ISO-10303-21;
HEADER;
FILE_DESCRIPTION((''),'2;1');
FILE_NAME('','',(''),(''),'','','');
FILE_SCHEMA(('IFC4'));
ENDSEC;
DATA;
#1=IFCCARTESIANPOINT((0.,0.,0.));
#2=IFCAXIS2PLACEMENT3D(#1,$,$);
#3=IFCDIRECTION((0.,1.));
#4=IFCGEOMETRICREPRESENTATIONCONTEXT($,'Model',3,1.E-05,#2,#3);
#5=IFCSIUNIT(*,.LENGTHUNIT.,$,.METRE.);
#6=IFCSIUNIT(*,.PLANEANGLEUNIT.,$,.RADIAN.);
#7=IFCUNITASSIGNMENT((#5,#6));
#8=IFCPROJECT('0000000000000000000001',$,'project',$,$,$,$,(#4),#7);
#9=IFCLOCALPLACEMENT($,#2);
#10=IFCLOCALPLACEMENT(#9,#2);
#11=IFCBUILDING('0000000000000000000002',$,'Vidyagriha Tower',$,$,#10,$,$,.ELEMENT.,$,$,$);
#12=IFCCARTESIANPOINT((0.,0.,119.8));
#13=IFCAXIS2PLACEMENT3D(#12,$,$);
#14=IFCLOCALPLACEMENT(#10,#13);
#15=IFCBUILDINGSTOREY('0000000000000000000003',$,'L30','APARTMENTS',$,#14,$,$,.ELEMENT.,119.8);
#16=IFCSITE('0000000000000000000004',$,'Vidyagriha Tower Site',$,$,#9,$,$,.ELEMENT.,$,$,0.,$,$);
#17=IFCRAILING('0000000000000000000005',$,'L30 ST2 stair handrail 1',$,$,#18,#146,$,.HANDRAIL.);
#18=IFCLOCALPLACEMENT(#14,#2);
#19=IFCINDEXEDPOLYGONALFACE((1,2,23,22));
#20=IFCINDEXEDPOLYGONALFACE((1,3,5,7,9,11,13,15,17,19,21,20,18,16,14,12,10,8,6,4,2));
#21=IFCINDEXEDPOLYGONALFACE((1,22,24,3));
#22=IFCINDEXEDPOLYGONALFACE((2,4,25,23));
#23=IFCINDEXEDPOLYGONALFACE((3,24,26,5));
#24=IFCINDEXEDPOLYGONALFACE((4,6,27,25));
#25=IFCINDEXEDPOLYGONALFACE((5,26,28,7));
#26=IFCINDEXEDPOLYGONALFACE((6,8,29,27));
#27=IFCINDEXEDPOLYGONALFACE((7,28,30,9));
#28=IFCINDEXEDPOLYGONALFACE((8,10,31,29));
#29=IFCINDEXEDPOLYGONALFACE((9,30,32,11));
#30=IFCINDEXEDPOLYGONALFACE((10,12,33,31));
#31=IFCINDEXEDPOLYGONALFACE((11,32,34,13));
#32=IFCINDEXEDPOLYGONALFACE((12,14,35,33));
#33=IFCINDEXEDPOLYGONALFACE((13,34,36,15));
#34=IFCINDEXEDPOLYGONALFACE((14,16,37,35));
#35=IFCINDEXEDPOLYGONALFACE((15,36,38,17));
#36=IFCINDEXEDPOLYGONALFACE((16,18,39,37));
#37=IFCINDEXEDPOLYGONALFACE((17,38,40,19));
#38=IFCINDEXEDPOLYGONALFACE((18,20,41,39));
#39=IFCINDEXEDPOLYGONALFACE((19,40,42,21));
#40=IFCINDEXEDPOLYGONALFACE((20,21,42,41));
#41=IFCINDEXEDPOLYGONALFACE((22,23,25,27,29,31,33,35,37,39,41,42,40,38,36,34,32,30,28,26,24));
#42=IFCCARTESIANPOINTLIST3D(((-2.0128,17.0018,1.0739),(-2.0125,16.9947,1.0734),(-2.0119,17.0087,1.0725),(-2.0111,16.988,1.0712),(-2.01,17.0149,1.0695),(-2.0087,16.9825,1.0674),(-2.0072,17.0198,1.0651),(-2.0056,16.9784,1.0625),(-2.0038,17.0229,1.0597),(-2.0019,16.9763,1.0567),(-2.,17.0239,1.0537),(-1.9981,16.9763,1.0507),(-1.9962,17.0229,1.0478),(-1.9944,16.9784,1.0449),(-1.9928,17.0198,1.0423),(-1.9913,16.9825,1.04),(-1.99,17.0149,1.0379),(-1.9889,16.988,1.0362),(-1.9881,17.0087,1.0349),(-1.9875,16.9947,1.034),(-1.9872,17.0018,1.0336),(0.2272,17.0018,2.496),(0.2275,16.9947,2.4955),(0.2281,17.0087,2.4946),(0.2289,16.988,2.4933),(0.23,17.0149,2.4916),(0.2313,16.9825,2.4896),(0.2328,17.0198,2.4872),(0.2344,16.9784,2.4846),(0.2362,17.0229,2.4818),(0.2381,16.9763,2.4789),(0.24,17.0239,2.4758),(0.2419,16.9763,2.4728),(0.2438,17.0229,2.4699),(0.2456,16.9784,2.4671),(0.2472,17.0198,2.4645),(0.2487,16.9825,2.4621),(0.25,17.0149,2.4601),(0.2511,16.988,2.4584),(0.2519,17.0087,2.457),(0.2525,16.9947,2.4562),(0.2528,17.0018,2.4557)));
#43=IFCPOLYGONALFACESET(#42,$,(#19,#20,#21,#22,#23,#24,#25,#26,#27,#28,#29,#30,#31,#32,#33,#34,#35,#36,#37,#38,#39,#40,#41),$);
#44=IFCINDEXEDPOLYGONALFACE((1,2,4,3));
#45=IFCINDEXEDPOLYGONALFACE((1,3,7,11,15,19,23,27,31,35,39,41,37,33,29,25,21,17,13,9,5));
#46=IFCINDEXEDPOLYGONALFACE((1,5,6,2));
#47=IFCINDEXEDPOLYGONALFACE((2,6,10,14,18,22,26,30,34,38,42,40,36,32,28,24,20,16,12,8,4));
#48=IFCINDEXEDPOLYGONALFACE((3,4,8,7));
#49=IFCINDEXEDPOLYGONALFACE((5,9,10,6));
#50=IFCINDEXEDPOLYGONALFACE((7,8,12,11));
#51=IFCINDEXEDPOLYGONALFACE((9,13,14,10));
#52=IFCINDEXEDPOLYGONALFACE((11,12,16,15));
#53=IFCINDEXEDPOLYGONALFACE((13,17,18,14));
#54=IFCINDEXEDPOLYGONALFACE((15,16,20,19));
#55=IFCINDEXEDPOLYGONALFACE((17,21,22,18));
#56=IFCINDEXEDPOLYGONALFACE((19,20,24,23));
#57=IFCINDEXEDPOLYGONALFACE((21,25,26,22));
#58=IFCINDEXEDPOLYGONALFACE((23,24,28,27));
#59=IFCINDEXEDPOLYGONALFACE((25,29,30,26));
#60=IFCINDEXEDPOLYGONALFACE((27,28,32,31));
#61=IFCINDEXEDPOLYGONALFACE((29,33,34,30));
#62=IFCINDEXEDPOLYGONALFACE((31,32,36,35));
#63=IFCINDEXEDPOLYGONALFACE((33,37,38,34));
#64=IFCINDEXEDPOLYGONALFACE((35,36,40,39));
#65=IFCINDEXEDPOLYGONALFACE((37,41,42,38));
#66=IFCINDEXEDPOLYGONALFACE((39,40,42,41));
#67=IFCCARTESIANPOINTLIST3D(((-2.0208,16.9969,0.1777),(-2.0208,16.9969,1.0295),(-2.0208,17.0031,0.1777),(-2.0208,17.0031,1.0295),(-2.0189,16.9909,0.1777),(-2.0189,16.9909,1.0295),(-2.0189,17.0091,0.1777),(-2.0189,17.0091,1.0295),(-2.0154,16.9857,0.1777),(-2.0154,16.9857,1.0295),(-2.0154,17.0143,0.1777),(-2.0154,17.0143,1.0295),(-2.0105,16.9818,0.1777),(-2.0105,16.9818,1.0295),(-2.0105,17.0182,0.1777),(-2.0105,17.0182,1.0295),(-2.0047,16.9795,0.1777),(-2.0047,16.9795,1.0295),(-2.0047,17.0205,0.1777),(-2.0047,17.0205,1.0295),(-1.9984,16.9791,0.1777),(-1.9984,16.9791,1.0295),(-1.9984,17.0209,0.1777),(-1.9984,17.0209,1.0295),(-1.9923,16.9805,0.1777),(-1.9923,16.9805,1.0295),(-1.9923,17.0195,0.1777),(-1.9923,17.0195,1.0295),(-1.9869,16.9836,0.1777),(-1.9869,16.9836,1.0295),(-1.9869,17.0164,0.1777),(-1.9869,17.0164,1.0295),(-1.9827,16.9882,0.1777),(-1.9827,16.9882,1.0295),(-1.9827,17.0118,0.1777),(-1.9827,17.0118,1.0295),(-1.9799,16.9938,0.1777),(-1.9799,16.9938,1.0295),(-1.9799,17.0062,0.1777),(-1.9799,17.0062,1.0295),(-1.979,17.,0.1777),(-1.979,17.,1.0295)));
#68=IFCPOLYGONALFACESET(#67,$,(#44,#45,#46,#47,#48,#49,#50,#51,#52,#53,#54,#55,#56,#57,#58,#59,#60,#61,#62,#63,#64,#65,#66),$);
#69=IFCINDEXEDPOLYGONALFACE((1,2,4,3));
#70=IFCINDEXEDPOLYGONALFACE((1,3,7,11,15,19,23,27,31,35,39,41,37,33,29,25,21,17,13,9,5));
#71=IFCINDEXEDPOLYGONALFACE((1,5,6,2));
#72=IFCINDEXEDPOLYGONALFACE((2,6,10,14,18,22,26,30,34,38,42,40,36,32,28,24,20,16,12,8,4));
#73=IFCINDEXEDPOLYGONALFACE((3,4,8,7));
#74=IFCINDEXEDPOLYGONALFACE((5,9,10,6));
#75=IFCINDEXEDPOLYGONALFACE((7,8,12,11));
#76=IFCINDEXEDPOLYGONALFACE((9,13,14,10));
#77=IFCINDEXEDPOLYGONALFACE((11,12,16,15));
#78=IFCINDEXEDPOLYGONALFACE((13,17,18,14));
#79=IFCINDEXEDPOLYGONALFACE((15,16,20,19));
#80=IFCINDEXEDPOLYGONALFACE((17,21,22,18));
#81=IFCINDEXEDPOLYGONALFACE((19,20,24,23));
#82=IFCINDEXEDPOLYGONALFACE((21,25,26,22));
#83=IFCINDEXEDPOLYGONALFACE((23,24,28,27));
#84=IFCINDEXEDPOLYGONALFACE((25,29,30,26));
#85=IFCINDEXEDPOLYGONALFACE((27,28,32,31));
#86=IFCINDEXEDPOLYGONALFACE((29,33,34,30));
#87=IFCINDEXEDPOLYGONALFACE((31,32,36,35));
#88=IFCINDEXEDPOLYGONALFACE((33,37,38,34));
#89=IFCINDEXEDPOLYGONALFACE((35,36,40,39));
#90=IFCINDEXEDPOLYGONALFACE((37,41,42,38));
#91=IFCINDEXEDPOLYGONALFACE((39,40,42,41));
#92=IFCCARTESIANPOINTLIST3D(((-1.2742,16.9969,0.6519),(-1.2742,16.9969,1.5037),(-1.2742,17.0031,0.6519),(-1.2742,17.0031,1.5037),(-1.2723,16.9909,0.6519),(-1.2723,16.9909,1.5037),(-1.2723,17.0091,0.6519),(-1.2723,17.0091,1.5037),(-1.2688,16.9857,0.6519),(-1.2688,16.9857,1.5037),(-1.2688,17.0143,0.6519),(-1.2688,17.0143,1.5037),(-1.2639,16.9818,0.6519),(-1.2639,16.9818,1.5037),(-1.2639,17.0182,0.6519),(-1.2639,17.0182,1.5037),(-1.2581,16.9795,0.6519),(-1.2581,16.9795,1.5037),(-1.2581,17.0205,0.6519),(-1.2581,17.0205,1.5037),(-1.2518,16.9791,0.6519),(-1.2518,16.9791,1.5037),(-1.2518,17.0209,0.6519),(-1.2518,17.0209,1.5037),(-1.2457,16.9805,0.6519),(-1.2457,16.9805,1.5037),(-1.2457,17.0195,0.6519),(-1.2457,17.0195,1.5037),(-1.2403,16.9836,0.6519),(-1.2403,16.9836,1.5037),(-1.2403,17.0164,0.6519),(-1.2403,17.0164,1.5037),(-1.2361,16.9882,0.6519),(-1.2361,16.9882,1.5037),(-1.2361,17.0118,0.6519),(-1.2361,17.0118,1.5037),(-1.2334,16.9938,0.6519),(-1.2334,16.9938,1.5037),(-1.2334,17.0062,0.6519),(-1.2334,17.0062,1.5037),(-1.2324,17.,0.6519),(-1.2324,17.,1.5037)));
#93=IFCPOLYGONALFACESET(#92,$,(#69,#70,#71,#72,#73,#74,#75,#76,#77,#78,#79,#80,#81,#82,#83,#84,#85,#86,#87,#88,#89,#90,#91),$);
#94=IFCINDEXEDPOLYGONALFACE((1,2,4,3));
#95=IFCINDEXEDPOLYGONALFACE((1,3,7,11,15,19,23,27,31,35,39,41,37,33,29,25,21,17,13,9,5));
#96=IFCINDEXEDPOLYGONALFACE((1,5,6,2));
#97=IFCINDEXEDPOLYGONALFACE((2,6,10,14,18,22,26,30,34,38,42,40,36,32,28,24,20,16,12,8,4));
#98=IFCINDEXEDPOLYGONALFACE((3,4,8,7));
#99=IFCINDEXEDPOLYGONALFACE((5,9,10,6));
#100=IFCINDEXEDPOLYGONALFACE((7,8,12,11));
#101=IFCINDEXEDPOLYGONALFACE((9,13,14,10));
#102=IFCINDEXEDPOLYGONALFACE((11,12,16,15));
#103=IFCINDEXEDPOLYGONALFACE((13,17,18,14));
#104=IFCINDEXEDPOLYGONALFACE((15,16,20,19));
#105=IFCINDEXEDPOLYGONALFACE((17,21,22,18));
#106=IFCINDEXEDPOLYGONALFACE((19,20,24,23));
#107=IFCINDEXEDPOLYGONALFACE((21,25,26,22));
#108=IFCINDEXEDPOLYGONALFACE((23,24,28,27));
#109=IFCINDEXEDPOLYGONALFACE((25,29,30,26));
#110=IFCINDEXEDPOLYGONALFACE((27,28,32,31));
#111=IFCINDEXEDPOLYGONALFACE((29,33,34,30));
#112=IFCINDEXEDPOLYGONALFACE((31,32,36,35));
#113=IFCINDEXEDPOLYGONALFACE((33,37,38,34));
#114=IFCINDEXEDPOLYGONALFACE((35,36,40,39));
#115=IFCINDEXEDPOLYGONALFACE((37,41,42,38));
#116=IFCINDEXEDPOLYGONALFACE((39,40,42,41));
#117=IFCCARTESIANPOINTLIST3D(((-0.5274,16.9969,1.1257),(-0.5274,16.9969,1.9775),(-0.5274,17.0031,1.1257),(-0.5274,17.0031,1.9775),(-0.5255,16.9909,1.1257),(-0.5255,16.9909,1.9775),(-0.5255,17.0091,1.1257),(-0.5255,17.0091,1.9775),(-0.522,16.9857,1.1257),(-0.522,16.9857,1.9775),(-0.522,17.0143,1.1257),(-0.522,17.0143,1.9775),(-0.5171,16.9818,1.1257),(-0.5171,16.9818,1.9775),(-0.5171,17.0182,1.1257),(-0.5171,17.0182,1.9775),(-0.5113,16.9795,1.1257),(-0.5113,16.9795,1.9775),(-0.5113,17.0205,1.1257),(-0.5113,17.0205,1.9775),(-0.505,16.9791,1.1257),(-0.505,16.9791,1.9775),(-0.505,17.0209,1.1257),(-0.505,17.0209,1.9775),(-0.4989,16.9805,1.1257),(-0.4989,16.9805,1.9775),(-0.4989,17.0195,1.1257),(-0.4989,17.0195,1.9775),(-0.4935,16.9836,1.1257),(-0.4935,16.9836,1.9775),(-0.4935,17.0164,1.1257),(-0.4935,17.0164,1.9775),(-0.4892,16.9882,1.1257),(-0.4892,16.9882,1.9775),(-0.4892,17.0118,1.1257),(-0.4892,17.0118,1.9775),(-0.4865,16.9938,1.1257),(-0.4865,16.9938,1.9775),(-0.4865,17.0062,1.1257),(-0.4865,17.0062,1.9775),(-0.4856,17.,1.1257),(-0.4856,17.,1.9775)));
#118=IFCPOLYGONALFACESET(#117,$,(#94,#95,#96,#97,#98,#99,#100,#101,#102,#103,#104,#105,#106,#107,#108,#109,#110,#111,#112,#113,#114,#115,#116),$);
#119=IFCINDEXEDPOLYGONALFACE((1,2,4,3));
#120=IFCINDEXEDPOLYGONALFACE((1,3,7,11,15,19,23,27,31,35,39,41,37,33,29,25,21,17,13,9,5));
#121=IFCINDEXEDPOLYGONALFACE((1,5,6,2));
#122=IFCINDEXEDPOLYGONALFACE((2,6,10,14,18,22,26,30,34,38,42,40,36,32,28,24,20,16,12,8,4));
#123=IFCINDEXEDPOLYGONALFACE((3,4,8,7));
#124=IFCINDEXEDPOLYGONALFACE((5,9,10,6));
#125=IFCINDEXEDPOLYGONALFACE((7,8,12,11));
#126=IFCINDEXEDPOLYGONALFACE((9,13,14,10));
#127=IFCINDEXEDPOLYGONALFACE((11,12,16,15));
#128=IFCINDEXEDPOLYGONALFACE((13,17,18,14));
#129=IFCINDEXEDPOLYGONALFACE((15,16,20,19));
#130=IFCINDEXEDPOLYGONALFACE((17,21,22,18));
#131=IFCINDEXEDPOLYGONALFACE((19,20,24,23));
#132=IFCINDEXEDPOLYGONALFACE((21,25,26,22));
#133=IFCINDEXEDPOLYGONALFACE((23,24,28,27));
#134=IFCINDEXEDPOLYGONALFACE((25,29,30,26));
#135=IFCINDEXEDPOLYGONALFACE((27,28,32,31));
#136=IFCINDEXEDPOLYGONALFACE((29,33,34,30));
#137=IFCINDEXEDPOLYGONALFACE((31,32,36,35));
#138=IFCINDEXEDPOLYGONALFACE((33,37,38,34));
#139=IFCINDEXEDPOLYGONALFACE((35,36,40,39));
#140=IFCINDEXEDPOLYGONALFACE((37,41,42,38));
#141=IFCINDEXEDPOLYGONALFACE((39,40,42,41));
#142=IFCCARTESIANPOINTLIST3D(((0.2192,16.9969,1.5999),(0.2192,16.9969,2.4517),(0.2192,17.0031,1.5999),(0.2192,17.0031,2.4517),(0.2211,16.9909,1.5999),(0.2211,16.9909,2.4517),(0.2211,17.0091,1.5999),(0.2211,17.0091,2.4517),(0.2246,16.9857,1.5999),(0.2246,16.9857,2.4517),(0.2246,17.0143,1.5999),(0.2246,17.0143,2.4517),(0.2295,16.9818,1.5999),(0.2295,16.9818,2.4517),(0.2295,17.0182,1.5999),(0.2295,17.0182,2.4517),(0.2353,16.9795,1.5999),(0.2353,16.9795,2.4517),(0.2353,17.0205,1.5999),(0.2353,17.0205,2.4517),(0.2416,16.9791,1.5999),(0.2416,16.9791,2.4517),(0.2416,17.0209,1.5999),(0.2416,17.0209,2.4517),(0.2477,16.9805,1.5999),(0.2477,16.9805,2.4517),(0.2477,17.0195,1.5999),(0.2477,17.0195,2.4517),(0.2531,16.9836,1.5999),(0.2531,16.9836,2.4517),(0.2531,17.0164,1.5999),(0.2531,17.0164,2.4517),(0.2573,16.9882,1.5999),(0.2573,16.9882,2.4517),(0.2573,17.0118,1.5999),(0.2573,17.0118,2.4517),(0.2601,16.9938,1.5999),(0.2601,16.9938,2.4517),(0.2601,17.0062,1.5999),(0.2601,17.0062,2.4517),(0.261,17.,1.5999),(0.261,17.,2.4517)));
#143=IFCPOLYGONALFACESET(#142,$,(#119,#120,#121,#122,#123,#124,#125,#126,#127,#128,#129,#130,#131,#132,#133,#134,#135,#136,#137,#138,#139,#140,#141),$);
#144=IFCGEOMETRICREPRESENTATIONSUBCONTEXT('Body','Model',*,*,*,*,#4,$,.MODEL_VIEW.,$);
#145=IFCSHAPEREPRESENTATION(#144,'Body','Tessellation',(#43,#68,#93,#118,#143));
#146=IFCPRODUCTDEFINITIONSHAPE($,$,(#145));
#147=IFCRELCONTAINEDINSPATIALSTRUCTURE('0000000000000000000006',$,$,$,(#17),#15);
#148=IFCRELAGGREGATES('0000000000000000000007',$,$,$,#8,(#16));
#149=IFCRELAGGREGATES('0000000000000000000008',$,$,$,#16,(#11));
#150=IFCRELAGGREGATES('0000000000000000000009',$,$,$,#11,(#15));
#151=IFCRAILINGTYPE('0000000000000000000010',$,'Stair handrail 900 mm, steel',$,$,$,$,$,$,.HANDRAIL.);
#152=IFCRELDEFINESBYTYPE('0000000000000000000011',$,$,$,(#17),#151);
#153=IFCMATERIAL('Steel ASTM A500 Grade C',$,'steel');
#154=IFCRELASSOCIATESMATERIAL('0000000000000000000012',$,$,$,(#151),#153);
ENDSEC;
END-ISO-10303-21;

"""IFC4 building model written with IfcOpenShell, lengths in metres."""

from ifc_helpers import new_model, si_unit, direction, frame, origin, origin_2d, place, context, subcontext, project, spatial, circle, extrude, material, type_object, element, save


model = new_model("IFC4")

# Units and contexts
model_context = context("Model", 3, precision=1e-05, world=origin(), true_north=direction((0.0, 1.0)))
body_context = subcontext(model_context, "Body", "Model", "MODEL_VIEW")
ifc_project = project(units=[si_unit("LENGTHUNIT", "METRE"), si_unit("PLANEANGLEUNIT", "RADIAN")], contexts=[model_context])

# Site, building, storey
site_placement = place(None, origin())
site = spatial("IfcSite", under=ifc_project, at=site_placement, Name="Vidyagriha Tower Site", CompositionType="ELEMENT", RefElevation=0.0)
building_placement = place(site_placement, origin())
building = spatial("IfcBuilding", under=site, at=building_placement, Name="Vidyagriha Tower", CompositionType="ELEMENT")
storey_placement = place(building_placement, frame((0.0, 0.0, 119.8)))
storey = spatial("IfcBuildingStorey", under=building, at=storey_placement, Name="L30", Description="APARTMENTS", CompositionType="ELEMENT", Elevation=119.8)

# Railing
ifc_material_1 = material(Name="Steel ASTM A500 Grade C", Category="steel")
railing_type_1 = type_object("IfcRailingType", Name="Stair handrail 900 mm, steel", PredefinedType="HANDRAIL", material=ifc_material_1)
railing_1_placement = place(storey_placement, frame((-2.0, 17.0, 0.1777)))
element("IfcRailing", 1, at=railing_1_placement, inside=storey, type_object=railing_type_1, Name="L30 ST2 stair handrail 1", PredefinedType="HANDRAIL", context=body_context, shape_type="SweptSolid", body=[
    extrude(circle(Radius=0.0239, at=origin_2d()), frame((0.0, 0.0, 0.876), z_axis=(0.844229, 0.0, 0.535982), x_axis=(0.0, 1.0, 0.0)), (0.0, 0.0, 1.0), 2.6533),
    extrude(circle(Radius=0.021, at=origin_2d()), origin(), (0.0, 0.0, 1.0), 0.8518),
    extrude(circle(Radius=0.021, at=origin_2d()), frame((0.7466, 0.0, 0.4741)), (0.0, 0.0, 1.0), 0.8518),
    extrude(circle(Radius=0.021, at=origin_2d()), frame((1.4934, 0.0, 0.948)), (0.0, 0.0, 1.0), 0.8518),
    extrude(circle(Radius=0.021, at=origin_2d()), frame((2.24, 0.0, 1.4221)), (0.0, 0.0, 1.0), 0.8518),
])

save(model, "model.ifc")
